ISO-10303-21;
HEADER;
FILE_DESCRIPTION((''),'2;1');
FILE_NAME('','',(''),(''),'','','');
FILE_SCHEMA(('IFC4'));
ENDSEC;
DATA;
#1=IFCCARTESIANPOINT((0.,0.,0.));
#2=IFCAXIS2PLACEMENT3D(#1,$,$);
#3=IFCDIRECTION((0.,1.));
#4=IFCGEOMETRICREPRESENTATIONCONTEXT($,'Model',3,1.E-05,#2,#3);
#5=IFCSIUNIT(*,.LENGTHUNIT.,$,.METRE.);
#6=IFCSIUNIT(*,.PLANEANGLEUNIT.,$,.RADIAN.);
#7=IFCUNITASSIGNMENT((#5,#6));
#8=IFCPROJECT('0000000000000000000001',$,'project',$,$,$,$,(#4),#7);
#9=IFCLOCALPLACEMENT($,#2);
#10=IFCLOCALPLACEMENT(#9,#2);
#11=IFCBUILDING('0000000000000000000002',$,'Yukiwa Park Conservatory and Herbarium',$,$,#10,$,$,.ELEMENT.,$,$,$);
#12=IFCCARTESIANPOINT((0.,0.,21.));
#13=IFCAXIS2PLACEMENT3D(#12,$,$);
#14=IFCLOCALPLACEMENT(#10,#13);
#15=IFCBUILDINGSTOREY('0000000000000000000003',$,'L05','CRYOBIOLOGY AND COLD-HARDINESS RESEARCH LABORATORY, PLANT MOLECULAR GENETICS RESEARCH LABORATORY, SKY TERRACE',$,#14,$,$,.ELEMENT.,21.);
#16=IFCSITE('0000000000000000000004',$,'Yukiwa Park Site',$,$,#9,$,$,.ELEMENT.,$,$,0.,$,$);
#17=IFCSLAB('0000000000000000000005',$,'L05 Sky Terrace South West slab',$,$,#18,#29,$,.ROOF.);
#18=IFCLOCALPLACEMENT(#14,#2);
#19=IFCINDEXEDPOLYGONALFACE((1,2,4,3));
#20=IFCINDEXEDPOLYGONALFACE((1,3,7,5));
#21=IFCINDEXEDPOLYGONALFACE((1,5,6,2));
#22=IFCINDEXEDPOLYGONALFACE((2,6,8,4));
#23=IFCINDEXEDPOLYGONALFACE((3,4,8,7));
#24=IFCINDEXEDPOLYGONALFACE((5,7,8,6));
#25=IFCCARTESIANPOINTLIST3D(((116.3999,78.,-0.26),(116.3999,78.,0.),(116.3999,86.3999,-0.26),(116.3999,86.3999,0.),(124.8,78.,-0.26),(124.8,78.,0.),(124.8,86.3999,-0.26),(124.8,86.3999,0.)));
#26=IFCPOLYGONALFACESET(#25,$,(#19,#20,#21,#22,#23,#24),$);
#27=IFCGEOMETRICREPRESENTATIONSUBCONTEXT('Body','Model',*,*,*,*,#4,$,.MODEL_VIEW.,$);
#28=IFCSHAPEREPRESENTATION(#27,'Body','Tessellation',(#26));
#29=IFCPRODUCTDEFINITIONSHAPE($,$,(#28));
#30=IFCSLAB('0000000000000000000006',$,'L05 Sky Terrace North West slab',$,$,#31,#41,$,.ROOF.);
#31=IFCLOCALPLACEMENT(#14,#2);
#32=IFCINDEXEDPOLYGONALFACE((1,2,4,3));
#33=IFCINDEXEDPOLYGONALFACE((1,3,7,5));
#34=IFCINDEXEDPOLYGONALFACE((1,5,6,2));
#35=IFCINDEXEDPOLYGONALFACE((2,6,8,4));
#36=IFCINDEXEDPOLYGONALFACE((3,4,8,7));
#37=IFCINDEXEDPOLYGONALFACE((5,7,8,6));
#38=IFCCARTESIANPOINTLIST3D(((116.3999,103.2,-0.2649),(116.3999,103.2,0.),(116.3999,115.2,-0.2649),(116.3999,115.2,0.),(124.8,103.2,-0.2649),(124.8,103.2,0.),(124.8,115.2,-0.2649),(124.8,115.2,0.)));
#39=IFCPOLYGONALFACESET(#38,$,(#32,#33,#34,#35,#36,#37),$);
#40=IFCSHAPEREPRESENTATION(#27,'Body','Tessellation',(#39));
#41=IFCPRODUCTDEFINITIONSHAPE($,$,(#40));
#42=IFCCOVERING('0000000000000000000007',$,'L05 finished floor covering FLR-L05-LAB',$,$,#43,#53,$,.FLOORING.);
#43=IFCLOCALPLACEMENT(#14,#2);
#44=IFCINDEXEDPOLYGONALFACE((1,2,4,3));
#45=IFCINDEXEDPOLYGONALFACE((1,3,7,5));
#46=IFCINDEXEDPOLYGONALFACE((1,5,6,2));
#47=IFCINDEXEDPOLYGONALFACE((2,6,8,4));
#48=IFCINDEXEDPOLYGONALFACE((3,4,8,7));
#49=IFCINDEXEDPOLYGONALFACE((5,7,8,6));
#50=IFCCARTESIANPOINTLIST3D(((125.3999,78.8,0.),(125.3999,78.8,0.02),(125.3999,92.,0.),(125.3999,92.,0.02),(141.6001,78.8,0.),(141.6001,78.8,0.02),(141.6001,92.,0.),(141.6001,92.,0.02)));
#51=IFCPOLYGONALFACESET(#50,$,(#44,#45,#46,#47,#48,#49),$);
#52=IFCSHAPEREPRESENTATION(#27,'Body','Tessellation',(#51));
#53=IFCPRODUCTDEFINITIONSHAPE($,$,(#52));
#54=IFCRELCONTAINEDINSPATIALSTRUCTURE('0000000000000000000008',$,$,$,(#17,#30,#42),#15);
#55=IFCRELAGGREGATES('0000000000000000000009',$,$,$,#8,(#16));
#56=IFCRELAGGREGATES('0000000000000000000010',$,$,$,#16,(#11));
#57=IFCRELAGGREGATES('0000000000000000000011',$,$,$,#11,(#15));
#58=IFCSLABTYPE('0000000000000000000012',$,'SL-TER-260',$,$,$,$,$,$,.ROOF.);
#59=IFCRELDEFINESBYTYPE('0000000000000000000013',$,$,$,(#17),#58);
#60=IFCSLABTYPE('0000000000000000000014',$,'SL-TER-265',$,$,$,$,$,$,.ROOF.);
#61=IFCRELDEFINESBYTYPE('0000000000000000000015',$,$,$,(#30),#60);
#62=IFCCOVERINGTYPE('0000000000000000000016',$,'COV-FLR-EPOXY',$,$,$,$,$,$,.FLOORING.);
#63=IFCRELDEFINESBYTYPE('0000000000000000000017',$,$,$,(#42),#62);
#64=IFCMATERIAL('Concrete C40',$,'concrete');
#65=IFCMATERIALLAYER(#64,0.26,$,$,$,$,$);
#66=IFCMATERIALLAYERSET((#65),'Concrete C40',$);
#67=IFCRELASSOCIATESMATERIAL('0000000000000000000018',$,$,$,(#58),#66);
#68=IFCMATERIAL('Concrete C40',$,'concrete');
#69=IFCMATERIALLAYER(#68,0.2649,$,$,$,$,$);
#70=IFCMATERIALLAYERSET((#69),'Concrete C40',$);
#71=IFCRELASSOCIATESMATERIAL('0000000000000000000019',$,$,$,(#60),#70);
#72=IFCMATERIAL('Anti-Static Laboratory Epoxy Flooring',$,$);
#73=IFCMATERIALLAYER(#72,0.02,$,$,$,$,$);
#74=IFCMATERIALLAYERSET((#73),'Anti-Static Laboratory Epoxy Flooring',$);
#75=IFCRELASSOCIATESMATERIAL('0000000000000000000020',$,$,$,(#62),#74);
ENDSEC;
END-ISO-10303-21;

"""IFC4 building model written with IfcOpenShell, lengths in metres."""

from ifc_helpers import new_model, si_unit, direction, frame, origin, place, context, subcontext, project, spatial, polyline, outline, extrude, material, layer, layer_set, type_object, element, save


model = new_model("IFC4")

# Units and contexts
model_context = context("Model", 3, precision=1e-05, world=origin(), true_north=direction((0.0, 1.0)))
body_context = subcontext(model_context, "Body", "Model", "MODEL_VIEW")
ifc_project = project(units=[si_unit("LENGTHUNIT", "METRE"), si_unit("PLANEANGLEUNIT", "RADIAN")], contexts=[model_context])

# Site, building, storey
site_placement = place(None, origin())
site = spatial("IfcSite", under=ifc_project, at=site_placement, Name="Yukiwa Park Site", CompositionType="ELEMENT", RefElevation=0.0)
building_placement = place(site_placement, origin())
building = spatial("IfcBuilding", under=site, at=building_placement, Name="Yukiwa Park Conservatory and Herbarium", CompositionType="ELEMENT")
storey_placement = place(building_placement, frame((0.0, 0.0, 21.0)))
storey = spatial("IfcBuildingStorey", under=building, at=storey_placement, Name="L05", Description="CRYOBIOLOGY AND COLD-HARDINESS RESEARCH LABORATORY, PLANT MOLECULAR GENETICS RESEARCH LABORATORY, SKY TERRACE", CompositionType="ELEMENT", Elevation=21.0)

# Slabs
ifc_material_1 = material(Name="Concrete C40", Category="concrete")
ifc_layer_1 = layer(ifc_material_1, 0.26)
ifc_layer_set_1 = layer_set([ifc_layer_1], Name="Concrete C40")
slab_type_1 = type_object("IfcSlabType", Name="SL-TER-260", PredefinedType="ROOF", material=ifc_layer_set_1)
slab_1_placement = place(storey_placement, frame((0.0, 0.0, -0.26)))
element("IfcSlab", 1, at=slab_1_placement, inside=storey, type_object=slab_type_1, Name="L05 Sky Terrace South West slab", PredefinedType="ROOF", context=body_context, shape_type="SweptSolid", body=[
    extrude(outline(polyline([(116.3999, 78.0), (116.3999, 86.3999), (124.8, 86.3999), (124.8, 78.0), (116.3999, 78.0)])), origin(), (0.0, 0.0, 1.0), 0.26),
])
ifc_material_2 = material(Name="Concrete C40", Category="concrete")
ifc_layer_2 = layer(ifc_material_2, 0.2649)
ifc_layer_set_2 = layer_set([ifc_layer_2], Name="Concrete C40")
slab_type_2 = type_object("IfcSlabType", Name="SL-TER-265", PredefinedType="ROOF", material=ifc_layer_set_2)
slab_2_placement = place(storey_placement, frame((0.0, 0.0, -0.2649)))
element("IfcSlab", 2, at=slab_2_placement, inside=storey, type_object=slab_type_2, Name="L05 Sky Terrace North West slab", PredefinedType="ROOF", context=body_context, shape_type="SweptSolid", body=[
    extrude(outline(polyline([(116.3999, 103.2), (116.3999, 115.2), (124.8, 115.2), (124.8, 103.2), (116.3999, 103.2)])), origin(), (0.0, 0.0, 1.0), 0.2649),
])

# Covering
ifc_material_3 = material(Name="Anti-Static Laboratory Epoxy Flooring")
ifc_layer_3 = layer(ifc_material_3, 0.02)
ifc_layer_set_3 = layer_set([ifc_layer_3], Name="Anti-Static Laboratory Epoxy Flooring")
covering_type = type_object("IfcCoveringType", Name="COV-FLR-EPOXY", PredefinedType="FLOORING", material=ifc_layer_set_3)
covering_placement = place(storey_placement, origin())
element("IfcCovering", 3, at=covering_placement, inside=storey, type_object=covering_type, Name="L05 finished floor covering FLR-L05-LAB", PredefinedType="FLOORING", context=body_context, shape_type="SweptSolid", body=[
    extrude(outline(polyline([(125.3999, 78.8), (141.6001, 78.8), (141.6001, 92.0), (125.3999, 92.0), (125.3999, 78.8)])), origin(), (0.0, 0.0, 1.0), 0.02),
])

save(model, "model.ifc")
